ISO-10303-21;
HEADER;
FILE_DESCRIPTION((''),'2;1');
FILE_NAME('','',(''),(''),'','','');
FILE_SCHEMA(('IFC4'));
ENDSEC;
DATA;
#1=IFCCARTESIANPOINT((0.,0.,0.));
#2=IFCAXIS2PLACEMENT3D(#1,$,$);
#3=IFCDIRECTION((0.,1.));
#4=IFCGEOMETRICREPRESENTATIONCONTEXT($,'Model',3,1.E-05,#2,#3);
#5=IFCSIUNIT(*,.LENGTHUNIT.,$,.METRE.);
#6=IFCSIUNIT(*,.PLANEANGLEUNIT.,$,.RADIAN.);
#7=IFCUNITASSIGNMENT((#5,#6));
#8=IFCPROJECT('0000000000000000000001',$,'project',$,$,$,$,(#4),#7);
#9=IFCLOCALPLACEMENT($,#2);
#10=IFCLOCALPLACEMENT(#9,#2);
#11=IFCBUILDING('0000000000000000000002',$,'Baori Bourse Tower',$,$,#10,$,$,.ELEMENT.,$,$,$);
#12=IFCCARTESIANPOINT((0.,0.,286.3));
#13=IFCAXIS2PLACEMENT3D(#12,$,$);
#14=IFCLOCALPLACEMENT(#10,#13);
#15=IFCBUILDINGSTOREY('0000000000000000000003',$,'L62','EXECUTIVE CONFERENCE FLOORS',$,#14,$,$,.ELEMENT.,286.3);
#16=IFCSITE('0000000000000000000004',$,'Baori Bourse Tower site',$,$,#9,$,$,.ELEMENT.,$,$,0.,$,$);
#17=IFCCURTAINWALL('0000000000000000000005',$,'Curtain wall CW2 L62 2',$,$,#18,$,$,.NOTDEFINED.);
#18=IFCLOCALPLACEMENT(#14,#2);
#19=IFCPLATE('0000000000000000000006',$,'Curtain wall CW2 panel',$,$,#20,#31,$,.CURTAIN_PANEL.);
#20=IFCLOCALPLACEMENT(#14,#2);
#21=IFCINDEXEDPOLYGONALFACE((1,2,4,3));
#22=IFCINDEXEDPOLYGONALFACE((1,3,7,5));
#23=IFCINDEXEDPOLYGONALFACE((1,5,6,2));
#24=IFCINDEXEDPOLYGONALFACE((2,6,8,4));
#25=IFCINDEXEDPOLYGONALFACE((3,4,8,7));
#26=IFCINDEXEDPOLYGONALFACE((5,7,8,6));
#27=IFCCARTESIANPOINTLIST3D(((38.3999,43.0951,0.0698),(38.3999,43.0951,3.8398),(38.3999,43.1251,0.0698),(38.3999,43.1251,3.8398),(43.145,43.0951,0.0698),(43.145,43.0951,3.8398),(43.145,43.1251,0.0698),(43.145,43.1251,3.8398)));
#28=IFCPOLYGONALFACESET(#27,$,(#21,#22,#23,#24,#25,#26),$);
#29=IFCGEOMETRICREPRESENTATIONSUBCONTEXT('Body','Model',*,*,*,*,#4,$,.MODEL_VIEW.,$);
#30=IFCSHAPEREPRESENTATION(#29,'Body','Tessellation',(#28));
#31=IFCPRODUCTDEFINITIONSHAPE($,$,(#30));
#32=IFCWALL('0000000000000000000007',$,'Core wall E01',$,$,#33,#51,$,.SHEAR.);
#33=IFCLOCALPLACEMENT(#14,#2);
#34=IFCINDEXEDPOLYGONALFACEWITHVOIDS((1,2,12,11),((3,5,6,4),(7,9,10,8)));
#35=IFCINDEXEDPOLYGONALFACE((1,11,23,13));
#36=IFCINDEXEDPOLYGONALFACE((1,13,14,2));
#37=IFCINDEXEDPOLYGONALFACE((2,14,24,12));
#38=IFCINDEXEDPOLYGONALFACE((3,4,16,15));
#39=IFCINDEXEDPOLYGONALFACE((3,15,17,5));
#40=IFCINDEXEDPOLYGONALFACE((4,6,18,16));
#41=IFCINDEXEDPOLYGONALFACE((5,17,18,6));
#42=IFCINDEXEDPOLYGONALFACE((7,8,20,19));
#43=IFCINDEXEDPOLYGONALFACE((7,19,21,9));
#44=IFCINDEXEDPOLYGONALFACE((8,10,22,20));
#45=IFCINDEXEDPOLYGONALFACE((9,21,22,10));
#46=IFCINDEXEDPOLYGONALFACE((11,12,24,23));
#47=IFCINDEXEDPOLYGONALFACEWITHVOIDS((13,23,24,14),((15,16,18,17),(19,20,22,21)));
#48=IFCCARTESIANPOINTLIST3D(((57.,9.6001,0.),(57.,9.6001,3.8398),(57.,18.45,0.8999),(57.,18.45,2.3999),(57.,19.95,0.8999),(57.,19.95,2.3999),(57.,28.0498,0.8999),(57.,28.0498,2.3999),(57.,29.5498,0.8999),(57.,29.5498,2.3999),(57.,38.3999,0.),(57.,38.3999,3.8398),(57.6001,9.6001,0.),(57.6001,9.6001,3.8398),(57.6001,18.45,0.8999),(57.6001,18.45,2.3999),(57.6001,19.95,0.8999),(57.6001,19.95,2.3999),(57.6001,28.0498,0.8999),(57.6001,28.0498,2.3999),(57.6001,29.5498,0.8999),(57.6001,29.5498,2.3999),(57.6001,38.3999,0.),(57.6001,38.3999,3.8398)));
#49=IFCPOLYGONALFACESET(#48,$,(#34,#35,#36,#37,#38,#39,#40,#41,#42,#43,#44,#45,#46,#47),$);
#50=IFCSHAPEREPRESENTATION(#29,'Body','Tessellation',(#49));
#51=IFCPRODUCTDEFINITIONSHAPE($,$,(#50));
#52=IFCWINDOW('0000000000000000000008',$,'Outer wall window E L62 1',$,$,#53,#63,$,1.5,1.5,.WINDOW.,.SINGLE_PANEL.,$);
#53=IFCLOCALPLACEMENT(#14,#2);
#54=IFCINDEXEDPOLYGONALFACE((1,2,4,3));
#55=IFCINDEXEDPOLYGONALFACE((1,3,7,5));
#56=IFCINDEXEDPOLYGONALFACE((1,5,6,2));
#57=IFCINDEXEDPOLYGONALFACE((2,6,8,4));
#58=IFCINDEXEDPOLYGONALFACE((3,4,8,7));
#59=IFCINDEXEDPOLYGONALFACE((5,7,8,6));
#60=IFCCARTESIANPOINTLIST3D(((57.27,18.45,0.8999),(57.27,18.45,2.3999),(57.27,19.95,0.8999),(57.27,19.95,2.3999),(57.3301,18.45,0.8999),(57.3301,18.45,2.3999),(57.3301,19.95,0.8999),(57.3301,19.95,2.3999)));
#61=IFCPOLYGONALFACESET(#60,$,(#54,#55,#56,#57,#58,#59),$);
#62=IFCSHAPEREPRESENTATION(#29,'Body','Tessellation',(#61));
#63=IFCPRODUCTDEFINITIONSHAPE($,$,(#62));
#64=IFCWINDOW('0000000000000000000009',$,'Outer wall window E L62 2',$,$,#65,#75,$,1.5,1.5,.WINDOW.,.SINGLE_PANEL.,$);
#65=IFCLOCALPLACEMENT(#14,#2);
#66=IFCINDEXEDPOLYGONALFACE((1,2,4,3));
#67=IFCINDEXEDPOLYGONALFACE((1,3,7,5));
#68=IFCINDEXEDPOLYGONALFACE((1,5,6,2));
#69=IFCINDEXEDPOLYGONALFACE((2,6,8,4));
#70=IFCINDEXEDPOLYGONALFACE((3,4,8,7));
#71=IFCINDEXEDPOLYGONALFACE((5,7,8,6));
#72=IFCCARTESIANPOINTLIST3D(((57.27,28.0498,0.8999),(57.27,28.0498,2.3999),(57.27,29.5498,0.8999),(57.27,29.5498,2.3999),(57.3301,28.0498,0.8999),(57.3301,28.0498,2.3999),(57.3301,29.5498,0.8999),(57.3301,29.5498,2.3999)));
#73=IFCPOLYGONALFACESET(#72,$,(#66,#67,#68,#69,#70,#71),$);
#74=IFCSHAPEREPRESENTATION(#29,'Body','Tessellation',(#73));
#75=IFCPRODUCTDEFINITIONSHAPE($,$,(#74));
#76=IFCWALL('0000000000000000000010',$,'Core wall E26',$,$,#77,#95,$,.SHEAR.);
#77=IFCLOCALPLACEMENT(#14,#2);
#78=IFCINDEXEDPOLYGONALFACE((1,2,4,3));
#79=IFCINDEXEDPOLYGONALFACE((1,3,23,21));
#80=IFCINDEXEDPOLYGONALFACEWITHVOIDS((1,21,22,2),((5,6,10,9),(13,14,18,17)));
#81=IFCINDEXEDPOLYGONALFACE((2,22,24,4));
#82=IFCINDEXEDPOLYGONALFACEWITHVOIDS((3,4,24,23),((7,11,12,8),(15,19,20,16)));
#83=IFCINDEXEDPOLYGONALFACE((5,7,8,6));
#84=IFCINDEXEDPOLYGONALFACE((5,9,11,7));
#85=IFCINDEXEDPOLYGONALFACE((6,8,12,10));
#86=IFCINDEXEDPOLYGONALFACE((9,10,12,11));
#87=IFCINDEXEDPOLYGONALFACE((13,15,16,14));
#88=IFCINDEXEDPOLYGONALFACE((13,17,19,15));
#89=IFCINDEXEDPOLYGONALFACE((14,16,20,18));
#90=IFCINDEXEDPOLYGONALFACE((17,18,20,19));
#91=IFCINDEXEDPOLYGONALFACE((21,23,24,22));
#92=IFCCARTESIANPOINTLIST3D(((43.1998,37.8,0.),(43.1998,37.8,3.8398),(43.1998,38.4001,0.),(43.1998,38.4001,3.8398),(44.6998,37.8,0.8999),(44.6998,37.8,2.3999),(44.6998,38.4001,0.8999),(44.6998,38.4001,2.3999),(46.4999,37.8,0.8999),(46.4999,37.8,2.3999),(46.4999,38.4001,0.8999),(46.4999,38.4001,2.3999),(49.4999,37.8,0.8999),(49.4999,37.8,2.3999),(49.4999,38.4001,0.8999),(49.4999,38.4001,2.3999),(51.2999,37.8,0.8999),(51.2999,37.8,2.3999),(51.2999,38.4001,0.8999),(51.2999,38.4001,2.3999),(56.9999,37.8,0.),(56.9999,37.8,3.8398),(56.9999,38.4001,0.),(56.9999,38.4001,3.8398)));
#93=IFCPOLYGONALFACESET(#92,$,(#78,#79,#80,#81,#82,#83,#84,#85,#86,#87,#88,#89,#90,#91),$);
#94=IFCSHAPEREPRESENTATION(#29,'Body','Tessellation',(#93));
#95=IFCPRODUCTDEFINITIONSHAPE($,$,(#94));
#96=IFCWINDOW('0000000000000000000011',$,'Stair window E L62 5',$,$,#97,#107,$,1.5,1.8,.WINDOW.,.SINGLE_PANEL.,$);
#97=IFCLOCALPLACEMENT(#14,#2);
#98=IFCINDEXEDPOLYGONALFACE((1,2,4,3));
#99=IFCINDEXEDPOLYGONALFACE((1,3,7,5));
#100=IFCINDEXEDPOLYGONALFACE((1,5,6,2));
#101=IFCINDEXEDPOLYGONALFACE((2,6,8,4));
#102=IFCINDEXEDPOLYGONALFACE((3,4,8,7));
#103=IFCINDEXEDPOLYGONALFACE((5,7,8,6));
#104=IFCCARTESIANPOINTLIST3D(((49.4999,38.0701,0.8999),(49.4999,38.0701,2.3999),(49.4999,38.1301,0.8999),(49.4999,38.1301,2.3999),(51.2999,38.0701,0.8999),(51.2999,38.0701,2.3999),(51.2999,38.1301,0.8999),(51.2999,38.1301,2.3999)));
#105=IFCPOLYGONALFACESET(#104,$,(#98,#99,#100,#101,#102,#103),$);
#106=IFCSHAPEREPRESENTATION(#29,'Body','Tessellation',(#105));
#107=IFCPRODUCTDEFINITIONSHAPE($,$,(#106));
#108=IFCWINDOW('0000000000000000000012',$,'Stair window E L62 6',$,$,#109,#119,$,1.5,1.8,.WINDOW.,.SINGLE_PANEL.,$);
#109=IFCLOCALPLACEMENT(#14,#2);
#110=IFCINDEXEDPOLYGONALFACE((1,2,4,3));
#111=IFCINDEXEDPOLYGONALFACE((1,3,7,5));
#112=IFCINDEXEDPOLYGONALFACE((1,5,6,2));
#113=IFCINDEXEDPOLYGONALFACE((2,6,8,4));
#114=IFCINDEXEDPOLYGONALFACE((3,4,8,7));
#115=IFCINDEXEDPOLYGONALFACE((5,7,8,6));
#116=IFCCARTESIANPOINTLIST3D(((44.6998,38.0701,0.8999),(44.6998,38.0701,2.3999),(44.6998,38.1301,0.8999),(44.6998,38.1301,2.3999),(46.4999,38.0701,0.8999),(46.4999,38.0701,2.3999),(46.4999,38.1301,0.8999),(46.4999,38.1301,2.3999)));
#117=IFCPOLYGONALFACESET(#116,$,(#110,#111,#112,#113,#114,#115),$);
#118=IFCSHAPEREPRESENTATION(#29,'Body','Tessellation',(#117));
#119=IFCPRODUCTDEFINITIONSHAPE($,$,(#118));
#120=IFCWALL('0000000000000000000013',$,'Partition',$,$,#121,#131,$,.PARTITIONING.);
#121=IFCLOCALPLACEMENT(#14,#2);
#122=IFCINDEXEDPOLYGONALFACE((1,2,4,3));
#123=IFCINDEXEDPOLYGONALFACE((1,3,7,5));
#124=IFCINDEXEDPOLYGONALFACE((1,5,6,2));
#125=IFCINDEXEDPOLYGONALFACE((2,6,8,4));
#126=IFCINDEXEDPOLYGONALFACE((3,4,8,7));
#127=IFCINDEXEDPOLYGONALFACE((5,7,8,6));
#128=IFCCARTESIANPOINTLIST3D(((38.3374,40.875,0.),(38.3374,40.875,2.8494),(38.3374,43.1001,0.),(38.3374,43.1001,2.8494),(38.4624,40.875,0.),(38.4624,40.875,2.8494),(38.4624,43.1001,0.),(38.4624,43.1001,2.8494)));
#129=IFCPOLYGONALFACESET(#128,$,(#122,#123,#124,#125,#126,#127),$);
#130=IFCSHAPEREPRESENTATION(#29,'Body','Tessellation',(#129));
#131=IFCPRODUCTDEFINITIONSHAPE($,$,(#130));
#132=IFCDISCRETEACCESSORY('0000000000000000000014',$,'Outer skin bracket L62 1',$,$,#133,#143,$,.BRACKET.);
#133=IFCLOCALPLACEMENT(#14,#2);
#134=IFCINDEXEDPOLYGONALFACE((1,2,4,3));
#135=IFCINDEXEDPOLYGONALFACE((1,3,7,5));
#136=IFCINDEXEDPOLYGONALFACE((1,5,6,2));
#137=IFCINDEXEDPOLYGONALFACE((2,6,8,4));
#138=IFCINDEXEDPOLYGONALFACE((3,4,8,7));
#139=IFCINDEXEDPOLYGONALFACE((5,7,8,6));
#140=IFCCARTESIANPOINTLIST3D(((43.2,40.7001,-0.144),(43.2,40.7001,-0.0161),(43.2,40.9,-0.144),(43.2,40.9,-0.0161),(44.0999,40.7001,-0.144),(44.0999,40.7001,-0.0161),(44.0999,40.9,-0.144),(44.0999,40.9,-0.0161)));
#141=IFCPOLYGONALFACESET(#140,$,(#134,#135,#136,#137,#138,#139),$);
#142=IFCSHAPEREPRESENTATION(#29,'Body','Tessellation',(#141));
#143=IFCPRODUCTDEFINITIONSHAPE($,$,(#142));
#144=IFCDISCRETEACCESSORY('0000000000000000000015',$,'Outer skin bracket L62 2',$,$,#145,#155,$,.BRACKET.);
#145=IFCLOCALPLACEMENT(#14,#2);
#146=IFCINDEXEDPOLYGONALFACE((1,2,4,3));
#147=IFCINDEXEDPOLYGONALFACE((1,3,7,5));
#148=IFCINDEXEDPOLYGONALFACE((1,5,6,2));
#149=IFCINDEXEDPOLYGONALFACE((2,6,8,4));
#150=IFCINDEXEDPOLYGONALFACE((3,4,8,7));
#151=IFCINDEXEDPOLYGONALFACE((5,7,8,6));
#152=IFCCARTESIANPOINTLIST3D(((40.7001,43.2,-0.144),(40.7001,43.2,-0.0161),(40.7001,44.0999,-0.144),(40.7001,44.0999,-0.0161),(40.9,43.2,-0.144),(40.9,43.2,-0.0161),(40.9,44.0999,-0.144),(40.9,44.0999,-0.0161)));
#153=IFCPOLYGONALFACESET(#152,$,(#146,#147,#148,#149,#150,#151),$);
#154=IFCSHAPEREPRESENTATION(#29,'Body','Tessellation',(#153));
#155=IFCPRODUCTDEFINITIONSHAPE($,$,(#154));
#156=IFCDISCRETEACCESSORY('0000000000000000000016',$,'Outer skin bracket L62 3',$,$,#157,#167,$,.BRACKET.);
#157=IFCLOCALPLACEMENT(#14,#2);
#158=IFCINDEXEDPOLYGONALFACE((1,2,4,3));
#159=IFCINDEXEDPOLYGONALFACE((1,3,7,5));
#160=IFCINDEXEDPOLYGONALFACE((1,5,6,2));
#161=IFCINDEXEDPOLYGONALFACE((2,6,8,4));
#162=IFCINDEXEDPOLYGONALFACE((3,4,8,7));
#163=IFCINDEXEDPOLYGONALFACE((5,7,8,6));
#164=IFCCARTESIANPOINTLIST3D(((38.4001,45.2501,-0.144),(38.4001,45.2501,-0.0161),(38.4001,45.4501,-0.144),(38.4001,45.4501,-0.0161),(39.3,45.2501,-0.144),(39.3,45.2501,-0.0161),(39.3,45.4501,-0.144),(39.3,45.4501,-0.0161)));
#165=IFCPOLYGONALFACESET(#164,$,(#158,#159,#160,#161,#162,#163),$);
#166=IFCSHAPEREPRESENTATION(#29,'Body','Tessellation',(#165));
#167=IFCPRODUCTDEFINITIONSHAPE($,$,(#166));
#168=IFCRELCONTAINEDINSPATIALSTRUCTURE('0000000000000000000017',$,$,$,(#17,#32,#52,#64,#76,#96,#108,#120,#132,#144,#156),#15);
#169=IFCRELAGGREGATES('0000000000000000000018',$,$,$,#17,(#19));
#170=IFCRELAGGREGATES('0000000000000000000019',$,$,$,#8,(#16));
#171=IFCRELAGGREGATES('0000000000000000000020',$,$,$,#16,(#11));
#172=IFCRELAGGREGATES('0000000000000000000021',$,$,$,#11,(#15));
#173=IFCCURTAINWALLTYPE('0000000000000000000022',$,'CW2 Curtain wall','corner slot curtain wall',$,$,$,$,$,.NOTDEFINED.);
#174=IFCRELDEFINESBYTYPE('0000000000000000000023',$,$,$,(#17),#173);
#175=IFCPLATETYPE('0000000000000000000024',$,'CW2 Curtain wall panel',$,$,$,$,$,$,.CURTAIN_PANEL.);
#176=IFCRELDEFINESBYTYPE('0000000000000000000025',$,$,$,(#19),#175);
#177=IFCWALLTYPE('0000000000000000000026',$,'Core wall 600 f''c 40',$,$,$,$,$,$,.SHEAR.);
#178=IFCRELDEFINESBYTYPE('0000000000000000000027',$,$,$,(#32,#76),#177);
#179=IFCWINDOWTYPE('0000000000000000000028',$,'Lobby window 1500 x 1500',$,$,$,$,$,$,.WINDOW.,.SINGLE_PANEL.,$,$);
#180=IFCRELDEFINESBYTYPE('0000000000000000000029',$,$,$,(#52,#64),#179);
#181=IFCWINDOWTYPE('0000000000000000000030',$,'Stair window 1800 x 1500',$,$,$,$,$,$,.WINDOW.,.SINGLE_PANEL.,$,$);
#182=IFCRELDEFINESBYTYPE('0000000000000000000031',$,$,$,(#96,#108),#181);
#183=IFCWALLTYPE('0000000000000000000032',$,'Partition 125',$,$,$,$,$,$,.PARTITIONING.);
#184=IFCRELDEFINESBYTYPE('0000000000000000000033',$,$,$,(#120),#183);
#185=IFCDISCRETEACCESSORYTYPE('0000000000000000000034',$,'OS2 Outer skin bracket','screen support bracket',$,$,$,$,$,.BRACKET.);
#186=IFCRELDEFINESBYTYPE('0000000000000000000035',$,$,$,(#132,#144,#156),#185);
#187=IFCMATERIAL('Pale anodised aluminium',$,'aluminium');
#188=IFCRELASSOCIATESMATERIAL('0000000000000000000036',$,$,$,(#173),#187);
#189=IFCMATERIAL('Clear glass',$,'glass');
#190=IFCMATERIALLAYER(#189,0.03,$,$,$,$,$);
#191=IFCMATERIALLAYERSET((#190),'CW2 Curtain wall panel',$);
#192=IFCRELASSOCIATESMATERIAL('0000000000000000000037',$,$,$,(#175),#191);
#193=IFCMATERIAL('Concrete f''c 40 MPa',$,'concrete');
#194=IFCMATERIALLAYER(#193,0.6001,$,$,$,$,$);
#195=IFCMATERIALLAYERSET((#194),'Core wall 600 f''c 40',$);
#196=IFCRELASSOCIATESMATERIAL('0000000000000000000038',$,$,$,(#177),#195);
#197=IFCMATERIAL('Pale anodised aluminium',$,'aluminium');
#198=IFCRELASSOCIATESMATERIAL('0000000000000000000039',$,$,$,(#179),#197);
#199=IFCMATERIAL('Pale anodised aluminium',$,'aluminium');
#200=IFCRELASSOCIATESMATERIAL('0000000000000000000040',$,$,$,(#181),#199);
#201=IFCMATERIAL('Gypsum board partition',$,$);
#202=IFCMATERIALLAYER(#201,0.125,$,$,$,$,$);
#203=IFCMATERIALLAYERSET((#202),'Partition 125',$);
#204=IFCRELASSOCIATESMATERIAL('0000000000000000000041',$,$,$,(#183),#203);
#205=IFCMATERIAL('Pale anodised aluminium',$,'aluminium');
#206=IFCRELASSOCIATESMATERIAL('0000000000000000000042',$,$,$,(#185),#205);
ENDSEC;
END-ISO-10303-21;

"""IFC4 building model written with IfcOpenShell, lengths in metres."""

from ifc_helpers import new_model, si_unit, direction, frame, frame_2d, origin, origin_2d, place, context, subcontext, project, spatial, rectangle, extrude, material, layer, layer_set, type_object, element, fill, aggregate, save


model = new_model("IFC4")

# Units and contexts
model_context = context("Model", 3, precision=1e-05, world=origin(), true_north=direction((0.0, 1.0)))
body_context = subcontext(model_context, "Body", "Model", "MODEL_VIEW")
ifc_project = project(units=[si_unit("LENGTHUNIT", "METRE"), si_unit("PLANEANGLEUNIT", "RADIAN")], contexts=[model_context])

# Site, building, storey
site_placement = place(None, origin())
site = spatial("IfcSite", under=ifc_project, at=site_placement, Name="Baori Bourse Tower site", CompositionType="ELEMENT", RefElevation=0.0)
building_placement = place(site_placement, origin())
building = spatial("IfcBuilding", under=site, at=building_placement, Name="Baori Bourse Tower", CompositionType="ELEMENT")
storey_placement = place(building_placement, frame((0.0, 0.0, 286.3)))
storey = spatial("IfcBuildingStorey", under=building, at=storey_placement, Name="L62", Description="EXECUTIVE CONFERENCE FLOORS", CompositionType="ELEMENT", Elevation=286.3)

# Curtain wall
ifc_material_1 = material(Name="Pale anodised aluminium", Category="aluminium")
curtain_wall_type = type_object("IfcCurtainWallType", Name="CW2 Curtain wall", Description="corner slot curtain wall", PredefinedType="NOTDEFINED", material=ifc_material_1)
curtain_wall_1_placement = place(storey_placement, origin())
curtain_wall_1 = element("IfcCurtainWall", 1, at=curtain_wall_1_placement, inside=storey, type_object=curtain_wall_type, Name="Curtain wall CW2 L62 2", PredefinedType="NOTDEFINED")

# Plate
ifc_material_2 = material(Name="Clear glass", Category="glass")
ifc_layer_1 = layer(ifc_material_2, 0.03)
ifc_layer_set_1 = layer_set([ifc_layer_1], Name="CW2 Curtain wall panel")
plate_type = type_object("IfcPlateType", Name="CW2 Curtain wall panel", PredefinedType="CURTAIN_PANEL", material=ifc_layer_set_1)
plate_1_placement = place(storey_placement, frame((40.7725, 43.1101, 0.0698), z_axis=(0.0, 0.0, 1.0), x_axis=(-1.0, 0.0, 0.0)))
plate_1 = element("IfcPlate", 2, at=plate_1_placement, type_object=plate_type, Name="Curtain wall CW2 panel", PredefinedType="CURTAIN_PANEL", context=body_context, shape_type="SweptSolid", body=[
    extrude(rectangle(XDim=4.7451, YDim=0.03, at=origin_2d()), origin(), (0.0, 0.0, 1.0), 3.77),
])
aggregate(curtain_wall_1, [plate_1])

# Walls, openings, windows
ifc_material_3 = material(Name="Concrete f'c 40 MPa", Category="concrete")
ifc_layer_2 = layer(ifc_material_3, 0.6001)
ifc_layer_set_2 = layer_set([ifc_layer_2], Name="Core wall 600 f'c 40")
wall_type_1 = type_object("IfcWallType", Name="Core wall 600 f'c 40", PredefinedType="SHEAR", material=ifc_layer_set_2)
wall_1_placement = place(storey_placement, frame((57.3, 38.3999, 0.0), z_axis=(0.0, 0.0, 1.0), x_axis=(0.0, -1.0, 0.0)))
wall_1 = element("IfcWall", 3, at=wall_1_placement, inside=storey, type_object=wall_type_1, Name="Core wall E01", PredefinedType="SHEAR", context=body_context, shape_type="SweptSolid", body=[
    extrude(rectangle(XDim=28.7998, YDim=0.6001, at=frame_2d((14.3999, 0.0))), origin(), (0.0, 0.0, 1.0), 3.8398),
])
opening_1_placement = place(wall_1_placement, frame((18.45, 0.0, 0.8999)))
opening_1 = element("IfcOpeningElement", 4, at=opening_1_placement, cuts=wall_1, PredefinedType="OPENING", context=body_context, shape_type="SweptSolid", body=[
    extrude(rectangle(XDim=1.5, YDim=1.5, at=frame_2d((0.75, 0.75))), frame((0.0, 0.3101, 0.0), z_axis=(0.0, -1.0, 0.0), x_axis=(1.0, 0.0, 0.0)), (0.0, 0.0, 1.0), 0.6201),
])
opening_2_placement = place(wall_1_placement, frame((8.8501, 0.0, 0.8999)))
opening_2 = element("IfcOpeningElement", 5, at=opening_2_placement, cuts=wall_1, PredefinedType="OPENING", context=body_context, shape_type="SweptSolid", body=[
    extrude(rectangle(XDim=1.5, YDim=1.5, at=frame_2d((0.75, 0.75))), frame((0.0, 0.3101, 0.0), z_axis=(0.0, -1.0, 0.0), x_axis=(1.0, 0.0, 0.0)), (0.0, 0.0, 1.0), 0.6201),
])
ifc_material_4 = material(Name="Pale anodised aluminium", Category="aluminium")
window_type_1 = type_object("IfcWindowType", Name="Lobby window 1500 x 1500", PartitioningType="SINGLE_PANEL", PredefinedType="WINDOW", material=ifc_material_4)
window_1_placement = place(opening_1_placement, origin())
window_1 = element("IfcWindow", 6, at=window_1_placement, inside=storey, type_object=window_type_1, Name="Outer wall window E L62 1", OverallHeight=1.5, OverallWidth=1.5, PartitioningType="SINGLE_PANEL", PredefinedType="WINDOW", context=body_context, shape_type="SweptSolid", body=[
    extrude(rectangle(XDim=1.5, YDim=1.5, at=frame_2d((0.75, 0.75))), frame((0.0, 0.03, 0.0), z_axis=(0.0, -1.0, 0.0), x_axis=(1.0, 0.0, 0.0)), (0.0, 0.0, 1.0), 0.0601),
])
fill(opening_1, window_1)
window_2_placement = place(opening_2_placement, origin())
window_2 = element("IfcWindow", 7, at=window_2_placement, inside=storey, type_object=window_type_1, Name="Outer wall window E L62 2", OverallHeight=1.5, OverallWidth=1.5, PartitioningType="SINGLE_PANEL", PredefinedType="WINDOW", context=body_context, shape_type="SweptSolid", body=[
    extrude(rectangle(XDim=1.5, YDim=1.5, at=frame_2d((0.75, 0.75))), frame((0.0, 0.03, 0.0), z_axis=(0.0, -1.0, 0.0), x_axis=(1.0, 0.0, 0.0)), (0.0, 0.0, 1.0), 0.0601),
])
fill(opening_2, window_2)
wall_2_placement = place(storey_placement, frame((43.2, 38.1001, 0.0), z_axis=(0.0, 0.0, 1.0), x_axis=(1.0, 0.0, 0.0)))
wall_2 = element("IfcWall", 8, at=wall_2_placement, inside=storey, type_object=wall_type_1, Name="Core wall E26", PredefinedType="SHEAR", context=body_context, shape_type="SweptSolid", body=[
    extrude(rectangle(XDim=13.8, YDim=0.6001, at=frame_2d((6.8999, 0.0))), origin(), (0.0, 0.0, 1.0), 3.8398),
])
opening_3_placement = place(wall_2_placement, frame((6.3, 0.0, 0.8999)))
opening_3 = element("IfcOpeningElement", 9, at=opening_3_placement, cuts=wall_2, PredefinedType="OPENING", context=body_context, shape_type="SweptSolid", body=[
    extrude(rectangle(XDim=1.8, YDim=1.5, at=frame_2d((0.8999, 0.75))), frame((0.0, 0.3101, 0.0), z_axis=(0.0, -1.0, 0.0), x_axis=(1.0, 0.0, 0.0)), (0.0, 0.0, 1.0), 0.6201),
])
opening_4_placement = place(wall_2_placement, frame((1.5, 0.0, 0.8999)))
opening_4 = element("IfcOpeningElement", 10, at=opening_4_placement, cuts=wall_2, PredefinedType="OPENING", context=body_context, shape_type="SweptSolid", body=[
    extrude(rectangle(XDim=1.8, YDim=1.5, at=frame_2d((0.8999, 0.75))), frame((0.0, 0.3101, 0.0), z_axis=(0.0, -1.0, 0.0), x_axis=(1.0, 0.0, 0.0)), (0.0, 0.0, 1.0), 0.6201),
])
ifc_material_5 = material(Name="Pale anodised aluminium", Category="aluminium")
window_type_2 = type_object("IfcWindowType", Name="Stair window 1800 x 1500", PartitioningType="SINGLE_PANEL", PredefinedType="WINDOW", material=ifc_material_5)
window_3_placement = place(opening_3_placement, origin())
window_3 = element("IfcWindow", 11, at=window_3_placement, inside=storey, type_object=window_type_2, Name="Stair window E L62 5", OverallHeight=1.5, OverallWidth=1.8, PartitioningType="SINGLE_PANEL", PredefinedType="WINDOW", context=body_context, shape_type="SweptSolid", body=[
    extrude(rectangle(XDim=1.8, YDim=1.5, at=frame_2d((0.8999, 0.75))), frame((0.0, 0.03, 0.0), z_axis=(0.0, -1.0, 0.0), x_axis=(1.0, 0.0, 0.0)), (0.0, 0.0, 1.0), 0.0601),
])
fill(opening_3, window_3)
window_4_placement = place(opening_4_placement, origin())
window_4 = element("IfcWindow", 12, at=window_4_placement, inside=storey, type_object=window_type_2, Name="Stair window E L62 6", OverallHeight=1.5, OverallWidth=1.8, PartitioningType="SINGLE_PANEL", PredefinedType="WINDOW", context=body_context, shape_type="SweptSolid", body=[
    extrude(rectangle(XDim=1.8, YDim=1.5, at=frame_2d((0.8999, 0.75))), frame((0.0, 0.03, 0.0), z_axis=(0.0, -1.0, 0.0), x_axis=(1.0, 0.0, 0.0)), (0.0, 0.0, 1.0), 0.0601),
])
fill(opening_4, window_4)

# Wall
ifc_material_6 = material(Name="Gypsum board partition")
ifc_layer_3 = layer(ifc_material_6, 0.125)
ifc_layer_set_3 = layer_set([ifc_layer_3], Name="Partition 125")
wall_type_2 = type_object("IfcWallType", Name="Partition 125", PredefinedType="PARTITIONING", material=ifc_layer_set_3)
wall_3_placement = place(storey_placement, frame((38.3999, 40.875, 0.0), z_axis=(0.0, 0.0, 1.0), x_axis=(0.0, 1.0, 0.0)))
element("IfcWall", 13, at=wall_3_placement, inside=storey, type_object=wall_type_2, Name="Partition", PredefinedType="PARTITIONING", context=body_context, shape_type="SweptSolid", body=[
    extrude(rectangle(XDim=2.2251, YDim=0.125, at=frame_2d((1.1125, 0.0))), origin(), (0.0, 0.0, 1.0), 2.8494),
])

# Discrete accessories
ifc_material_7 = material(Name="Pale anodised aluminium", Category="aluminium")
discrete_accessory_type = type_object("IfcDiscreteAccessoryType", Name="OS2 Outer skin bracket", Description="screen support bracket", PredefinedType="BRACKET", material=ifc_material_7)
for number, where, z_axis, x_axis, name in (
    (14, (43.6499, 40.8, -0.144), (0.0, 0.0, 1.0), (0.0, 1.0, 0.0), "Outer skin bracket L62 1"),
    (15, (40.8, 43.6499, -0.144), (0.0, 0.0, 1.0), (-1.0, 0.0, 0.0), "Outer skin bracket L62 2"),
    (16, (38.8501, 45.3501, -0.144), (0.0, 0.0, 1.0), (0.0, 1.0, 0.0), "Outer skin bracket L62 3"),
):
    element("IfcDiscreteAccessory", number, at=place(storey_placement, frame(where, z_axis=z_axis, x_axis=x_axis)), inside=storey, type_object=discrete_accessory_type, Name=name, PredefinedType="BRACKET", context=body_context, shape_type="SweptSolid", body=[
        extrude(rectangle(XDim=0.2, YDim=0.8999, at=origin_2d()), origin(), (0.0, 0.0, 1.0), 0.1279),
    ])

save(model, "model.ifc")
